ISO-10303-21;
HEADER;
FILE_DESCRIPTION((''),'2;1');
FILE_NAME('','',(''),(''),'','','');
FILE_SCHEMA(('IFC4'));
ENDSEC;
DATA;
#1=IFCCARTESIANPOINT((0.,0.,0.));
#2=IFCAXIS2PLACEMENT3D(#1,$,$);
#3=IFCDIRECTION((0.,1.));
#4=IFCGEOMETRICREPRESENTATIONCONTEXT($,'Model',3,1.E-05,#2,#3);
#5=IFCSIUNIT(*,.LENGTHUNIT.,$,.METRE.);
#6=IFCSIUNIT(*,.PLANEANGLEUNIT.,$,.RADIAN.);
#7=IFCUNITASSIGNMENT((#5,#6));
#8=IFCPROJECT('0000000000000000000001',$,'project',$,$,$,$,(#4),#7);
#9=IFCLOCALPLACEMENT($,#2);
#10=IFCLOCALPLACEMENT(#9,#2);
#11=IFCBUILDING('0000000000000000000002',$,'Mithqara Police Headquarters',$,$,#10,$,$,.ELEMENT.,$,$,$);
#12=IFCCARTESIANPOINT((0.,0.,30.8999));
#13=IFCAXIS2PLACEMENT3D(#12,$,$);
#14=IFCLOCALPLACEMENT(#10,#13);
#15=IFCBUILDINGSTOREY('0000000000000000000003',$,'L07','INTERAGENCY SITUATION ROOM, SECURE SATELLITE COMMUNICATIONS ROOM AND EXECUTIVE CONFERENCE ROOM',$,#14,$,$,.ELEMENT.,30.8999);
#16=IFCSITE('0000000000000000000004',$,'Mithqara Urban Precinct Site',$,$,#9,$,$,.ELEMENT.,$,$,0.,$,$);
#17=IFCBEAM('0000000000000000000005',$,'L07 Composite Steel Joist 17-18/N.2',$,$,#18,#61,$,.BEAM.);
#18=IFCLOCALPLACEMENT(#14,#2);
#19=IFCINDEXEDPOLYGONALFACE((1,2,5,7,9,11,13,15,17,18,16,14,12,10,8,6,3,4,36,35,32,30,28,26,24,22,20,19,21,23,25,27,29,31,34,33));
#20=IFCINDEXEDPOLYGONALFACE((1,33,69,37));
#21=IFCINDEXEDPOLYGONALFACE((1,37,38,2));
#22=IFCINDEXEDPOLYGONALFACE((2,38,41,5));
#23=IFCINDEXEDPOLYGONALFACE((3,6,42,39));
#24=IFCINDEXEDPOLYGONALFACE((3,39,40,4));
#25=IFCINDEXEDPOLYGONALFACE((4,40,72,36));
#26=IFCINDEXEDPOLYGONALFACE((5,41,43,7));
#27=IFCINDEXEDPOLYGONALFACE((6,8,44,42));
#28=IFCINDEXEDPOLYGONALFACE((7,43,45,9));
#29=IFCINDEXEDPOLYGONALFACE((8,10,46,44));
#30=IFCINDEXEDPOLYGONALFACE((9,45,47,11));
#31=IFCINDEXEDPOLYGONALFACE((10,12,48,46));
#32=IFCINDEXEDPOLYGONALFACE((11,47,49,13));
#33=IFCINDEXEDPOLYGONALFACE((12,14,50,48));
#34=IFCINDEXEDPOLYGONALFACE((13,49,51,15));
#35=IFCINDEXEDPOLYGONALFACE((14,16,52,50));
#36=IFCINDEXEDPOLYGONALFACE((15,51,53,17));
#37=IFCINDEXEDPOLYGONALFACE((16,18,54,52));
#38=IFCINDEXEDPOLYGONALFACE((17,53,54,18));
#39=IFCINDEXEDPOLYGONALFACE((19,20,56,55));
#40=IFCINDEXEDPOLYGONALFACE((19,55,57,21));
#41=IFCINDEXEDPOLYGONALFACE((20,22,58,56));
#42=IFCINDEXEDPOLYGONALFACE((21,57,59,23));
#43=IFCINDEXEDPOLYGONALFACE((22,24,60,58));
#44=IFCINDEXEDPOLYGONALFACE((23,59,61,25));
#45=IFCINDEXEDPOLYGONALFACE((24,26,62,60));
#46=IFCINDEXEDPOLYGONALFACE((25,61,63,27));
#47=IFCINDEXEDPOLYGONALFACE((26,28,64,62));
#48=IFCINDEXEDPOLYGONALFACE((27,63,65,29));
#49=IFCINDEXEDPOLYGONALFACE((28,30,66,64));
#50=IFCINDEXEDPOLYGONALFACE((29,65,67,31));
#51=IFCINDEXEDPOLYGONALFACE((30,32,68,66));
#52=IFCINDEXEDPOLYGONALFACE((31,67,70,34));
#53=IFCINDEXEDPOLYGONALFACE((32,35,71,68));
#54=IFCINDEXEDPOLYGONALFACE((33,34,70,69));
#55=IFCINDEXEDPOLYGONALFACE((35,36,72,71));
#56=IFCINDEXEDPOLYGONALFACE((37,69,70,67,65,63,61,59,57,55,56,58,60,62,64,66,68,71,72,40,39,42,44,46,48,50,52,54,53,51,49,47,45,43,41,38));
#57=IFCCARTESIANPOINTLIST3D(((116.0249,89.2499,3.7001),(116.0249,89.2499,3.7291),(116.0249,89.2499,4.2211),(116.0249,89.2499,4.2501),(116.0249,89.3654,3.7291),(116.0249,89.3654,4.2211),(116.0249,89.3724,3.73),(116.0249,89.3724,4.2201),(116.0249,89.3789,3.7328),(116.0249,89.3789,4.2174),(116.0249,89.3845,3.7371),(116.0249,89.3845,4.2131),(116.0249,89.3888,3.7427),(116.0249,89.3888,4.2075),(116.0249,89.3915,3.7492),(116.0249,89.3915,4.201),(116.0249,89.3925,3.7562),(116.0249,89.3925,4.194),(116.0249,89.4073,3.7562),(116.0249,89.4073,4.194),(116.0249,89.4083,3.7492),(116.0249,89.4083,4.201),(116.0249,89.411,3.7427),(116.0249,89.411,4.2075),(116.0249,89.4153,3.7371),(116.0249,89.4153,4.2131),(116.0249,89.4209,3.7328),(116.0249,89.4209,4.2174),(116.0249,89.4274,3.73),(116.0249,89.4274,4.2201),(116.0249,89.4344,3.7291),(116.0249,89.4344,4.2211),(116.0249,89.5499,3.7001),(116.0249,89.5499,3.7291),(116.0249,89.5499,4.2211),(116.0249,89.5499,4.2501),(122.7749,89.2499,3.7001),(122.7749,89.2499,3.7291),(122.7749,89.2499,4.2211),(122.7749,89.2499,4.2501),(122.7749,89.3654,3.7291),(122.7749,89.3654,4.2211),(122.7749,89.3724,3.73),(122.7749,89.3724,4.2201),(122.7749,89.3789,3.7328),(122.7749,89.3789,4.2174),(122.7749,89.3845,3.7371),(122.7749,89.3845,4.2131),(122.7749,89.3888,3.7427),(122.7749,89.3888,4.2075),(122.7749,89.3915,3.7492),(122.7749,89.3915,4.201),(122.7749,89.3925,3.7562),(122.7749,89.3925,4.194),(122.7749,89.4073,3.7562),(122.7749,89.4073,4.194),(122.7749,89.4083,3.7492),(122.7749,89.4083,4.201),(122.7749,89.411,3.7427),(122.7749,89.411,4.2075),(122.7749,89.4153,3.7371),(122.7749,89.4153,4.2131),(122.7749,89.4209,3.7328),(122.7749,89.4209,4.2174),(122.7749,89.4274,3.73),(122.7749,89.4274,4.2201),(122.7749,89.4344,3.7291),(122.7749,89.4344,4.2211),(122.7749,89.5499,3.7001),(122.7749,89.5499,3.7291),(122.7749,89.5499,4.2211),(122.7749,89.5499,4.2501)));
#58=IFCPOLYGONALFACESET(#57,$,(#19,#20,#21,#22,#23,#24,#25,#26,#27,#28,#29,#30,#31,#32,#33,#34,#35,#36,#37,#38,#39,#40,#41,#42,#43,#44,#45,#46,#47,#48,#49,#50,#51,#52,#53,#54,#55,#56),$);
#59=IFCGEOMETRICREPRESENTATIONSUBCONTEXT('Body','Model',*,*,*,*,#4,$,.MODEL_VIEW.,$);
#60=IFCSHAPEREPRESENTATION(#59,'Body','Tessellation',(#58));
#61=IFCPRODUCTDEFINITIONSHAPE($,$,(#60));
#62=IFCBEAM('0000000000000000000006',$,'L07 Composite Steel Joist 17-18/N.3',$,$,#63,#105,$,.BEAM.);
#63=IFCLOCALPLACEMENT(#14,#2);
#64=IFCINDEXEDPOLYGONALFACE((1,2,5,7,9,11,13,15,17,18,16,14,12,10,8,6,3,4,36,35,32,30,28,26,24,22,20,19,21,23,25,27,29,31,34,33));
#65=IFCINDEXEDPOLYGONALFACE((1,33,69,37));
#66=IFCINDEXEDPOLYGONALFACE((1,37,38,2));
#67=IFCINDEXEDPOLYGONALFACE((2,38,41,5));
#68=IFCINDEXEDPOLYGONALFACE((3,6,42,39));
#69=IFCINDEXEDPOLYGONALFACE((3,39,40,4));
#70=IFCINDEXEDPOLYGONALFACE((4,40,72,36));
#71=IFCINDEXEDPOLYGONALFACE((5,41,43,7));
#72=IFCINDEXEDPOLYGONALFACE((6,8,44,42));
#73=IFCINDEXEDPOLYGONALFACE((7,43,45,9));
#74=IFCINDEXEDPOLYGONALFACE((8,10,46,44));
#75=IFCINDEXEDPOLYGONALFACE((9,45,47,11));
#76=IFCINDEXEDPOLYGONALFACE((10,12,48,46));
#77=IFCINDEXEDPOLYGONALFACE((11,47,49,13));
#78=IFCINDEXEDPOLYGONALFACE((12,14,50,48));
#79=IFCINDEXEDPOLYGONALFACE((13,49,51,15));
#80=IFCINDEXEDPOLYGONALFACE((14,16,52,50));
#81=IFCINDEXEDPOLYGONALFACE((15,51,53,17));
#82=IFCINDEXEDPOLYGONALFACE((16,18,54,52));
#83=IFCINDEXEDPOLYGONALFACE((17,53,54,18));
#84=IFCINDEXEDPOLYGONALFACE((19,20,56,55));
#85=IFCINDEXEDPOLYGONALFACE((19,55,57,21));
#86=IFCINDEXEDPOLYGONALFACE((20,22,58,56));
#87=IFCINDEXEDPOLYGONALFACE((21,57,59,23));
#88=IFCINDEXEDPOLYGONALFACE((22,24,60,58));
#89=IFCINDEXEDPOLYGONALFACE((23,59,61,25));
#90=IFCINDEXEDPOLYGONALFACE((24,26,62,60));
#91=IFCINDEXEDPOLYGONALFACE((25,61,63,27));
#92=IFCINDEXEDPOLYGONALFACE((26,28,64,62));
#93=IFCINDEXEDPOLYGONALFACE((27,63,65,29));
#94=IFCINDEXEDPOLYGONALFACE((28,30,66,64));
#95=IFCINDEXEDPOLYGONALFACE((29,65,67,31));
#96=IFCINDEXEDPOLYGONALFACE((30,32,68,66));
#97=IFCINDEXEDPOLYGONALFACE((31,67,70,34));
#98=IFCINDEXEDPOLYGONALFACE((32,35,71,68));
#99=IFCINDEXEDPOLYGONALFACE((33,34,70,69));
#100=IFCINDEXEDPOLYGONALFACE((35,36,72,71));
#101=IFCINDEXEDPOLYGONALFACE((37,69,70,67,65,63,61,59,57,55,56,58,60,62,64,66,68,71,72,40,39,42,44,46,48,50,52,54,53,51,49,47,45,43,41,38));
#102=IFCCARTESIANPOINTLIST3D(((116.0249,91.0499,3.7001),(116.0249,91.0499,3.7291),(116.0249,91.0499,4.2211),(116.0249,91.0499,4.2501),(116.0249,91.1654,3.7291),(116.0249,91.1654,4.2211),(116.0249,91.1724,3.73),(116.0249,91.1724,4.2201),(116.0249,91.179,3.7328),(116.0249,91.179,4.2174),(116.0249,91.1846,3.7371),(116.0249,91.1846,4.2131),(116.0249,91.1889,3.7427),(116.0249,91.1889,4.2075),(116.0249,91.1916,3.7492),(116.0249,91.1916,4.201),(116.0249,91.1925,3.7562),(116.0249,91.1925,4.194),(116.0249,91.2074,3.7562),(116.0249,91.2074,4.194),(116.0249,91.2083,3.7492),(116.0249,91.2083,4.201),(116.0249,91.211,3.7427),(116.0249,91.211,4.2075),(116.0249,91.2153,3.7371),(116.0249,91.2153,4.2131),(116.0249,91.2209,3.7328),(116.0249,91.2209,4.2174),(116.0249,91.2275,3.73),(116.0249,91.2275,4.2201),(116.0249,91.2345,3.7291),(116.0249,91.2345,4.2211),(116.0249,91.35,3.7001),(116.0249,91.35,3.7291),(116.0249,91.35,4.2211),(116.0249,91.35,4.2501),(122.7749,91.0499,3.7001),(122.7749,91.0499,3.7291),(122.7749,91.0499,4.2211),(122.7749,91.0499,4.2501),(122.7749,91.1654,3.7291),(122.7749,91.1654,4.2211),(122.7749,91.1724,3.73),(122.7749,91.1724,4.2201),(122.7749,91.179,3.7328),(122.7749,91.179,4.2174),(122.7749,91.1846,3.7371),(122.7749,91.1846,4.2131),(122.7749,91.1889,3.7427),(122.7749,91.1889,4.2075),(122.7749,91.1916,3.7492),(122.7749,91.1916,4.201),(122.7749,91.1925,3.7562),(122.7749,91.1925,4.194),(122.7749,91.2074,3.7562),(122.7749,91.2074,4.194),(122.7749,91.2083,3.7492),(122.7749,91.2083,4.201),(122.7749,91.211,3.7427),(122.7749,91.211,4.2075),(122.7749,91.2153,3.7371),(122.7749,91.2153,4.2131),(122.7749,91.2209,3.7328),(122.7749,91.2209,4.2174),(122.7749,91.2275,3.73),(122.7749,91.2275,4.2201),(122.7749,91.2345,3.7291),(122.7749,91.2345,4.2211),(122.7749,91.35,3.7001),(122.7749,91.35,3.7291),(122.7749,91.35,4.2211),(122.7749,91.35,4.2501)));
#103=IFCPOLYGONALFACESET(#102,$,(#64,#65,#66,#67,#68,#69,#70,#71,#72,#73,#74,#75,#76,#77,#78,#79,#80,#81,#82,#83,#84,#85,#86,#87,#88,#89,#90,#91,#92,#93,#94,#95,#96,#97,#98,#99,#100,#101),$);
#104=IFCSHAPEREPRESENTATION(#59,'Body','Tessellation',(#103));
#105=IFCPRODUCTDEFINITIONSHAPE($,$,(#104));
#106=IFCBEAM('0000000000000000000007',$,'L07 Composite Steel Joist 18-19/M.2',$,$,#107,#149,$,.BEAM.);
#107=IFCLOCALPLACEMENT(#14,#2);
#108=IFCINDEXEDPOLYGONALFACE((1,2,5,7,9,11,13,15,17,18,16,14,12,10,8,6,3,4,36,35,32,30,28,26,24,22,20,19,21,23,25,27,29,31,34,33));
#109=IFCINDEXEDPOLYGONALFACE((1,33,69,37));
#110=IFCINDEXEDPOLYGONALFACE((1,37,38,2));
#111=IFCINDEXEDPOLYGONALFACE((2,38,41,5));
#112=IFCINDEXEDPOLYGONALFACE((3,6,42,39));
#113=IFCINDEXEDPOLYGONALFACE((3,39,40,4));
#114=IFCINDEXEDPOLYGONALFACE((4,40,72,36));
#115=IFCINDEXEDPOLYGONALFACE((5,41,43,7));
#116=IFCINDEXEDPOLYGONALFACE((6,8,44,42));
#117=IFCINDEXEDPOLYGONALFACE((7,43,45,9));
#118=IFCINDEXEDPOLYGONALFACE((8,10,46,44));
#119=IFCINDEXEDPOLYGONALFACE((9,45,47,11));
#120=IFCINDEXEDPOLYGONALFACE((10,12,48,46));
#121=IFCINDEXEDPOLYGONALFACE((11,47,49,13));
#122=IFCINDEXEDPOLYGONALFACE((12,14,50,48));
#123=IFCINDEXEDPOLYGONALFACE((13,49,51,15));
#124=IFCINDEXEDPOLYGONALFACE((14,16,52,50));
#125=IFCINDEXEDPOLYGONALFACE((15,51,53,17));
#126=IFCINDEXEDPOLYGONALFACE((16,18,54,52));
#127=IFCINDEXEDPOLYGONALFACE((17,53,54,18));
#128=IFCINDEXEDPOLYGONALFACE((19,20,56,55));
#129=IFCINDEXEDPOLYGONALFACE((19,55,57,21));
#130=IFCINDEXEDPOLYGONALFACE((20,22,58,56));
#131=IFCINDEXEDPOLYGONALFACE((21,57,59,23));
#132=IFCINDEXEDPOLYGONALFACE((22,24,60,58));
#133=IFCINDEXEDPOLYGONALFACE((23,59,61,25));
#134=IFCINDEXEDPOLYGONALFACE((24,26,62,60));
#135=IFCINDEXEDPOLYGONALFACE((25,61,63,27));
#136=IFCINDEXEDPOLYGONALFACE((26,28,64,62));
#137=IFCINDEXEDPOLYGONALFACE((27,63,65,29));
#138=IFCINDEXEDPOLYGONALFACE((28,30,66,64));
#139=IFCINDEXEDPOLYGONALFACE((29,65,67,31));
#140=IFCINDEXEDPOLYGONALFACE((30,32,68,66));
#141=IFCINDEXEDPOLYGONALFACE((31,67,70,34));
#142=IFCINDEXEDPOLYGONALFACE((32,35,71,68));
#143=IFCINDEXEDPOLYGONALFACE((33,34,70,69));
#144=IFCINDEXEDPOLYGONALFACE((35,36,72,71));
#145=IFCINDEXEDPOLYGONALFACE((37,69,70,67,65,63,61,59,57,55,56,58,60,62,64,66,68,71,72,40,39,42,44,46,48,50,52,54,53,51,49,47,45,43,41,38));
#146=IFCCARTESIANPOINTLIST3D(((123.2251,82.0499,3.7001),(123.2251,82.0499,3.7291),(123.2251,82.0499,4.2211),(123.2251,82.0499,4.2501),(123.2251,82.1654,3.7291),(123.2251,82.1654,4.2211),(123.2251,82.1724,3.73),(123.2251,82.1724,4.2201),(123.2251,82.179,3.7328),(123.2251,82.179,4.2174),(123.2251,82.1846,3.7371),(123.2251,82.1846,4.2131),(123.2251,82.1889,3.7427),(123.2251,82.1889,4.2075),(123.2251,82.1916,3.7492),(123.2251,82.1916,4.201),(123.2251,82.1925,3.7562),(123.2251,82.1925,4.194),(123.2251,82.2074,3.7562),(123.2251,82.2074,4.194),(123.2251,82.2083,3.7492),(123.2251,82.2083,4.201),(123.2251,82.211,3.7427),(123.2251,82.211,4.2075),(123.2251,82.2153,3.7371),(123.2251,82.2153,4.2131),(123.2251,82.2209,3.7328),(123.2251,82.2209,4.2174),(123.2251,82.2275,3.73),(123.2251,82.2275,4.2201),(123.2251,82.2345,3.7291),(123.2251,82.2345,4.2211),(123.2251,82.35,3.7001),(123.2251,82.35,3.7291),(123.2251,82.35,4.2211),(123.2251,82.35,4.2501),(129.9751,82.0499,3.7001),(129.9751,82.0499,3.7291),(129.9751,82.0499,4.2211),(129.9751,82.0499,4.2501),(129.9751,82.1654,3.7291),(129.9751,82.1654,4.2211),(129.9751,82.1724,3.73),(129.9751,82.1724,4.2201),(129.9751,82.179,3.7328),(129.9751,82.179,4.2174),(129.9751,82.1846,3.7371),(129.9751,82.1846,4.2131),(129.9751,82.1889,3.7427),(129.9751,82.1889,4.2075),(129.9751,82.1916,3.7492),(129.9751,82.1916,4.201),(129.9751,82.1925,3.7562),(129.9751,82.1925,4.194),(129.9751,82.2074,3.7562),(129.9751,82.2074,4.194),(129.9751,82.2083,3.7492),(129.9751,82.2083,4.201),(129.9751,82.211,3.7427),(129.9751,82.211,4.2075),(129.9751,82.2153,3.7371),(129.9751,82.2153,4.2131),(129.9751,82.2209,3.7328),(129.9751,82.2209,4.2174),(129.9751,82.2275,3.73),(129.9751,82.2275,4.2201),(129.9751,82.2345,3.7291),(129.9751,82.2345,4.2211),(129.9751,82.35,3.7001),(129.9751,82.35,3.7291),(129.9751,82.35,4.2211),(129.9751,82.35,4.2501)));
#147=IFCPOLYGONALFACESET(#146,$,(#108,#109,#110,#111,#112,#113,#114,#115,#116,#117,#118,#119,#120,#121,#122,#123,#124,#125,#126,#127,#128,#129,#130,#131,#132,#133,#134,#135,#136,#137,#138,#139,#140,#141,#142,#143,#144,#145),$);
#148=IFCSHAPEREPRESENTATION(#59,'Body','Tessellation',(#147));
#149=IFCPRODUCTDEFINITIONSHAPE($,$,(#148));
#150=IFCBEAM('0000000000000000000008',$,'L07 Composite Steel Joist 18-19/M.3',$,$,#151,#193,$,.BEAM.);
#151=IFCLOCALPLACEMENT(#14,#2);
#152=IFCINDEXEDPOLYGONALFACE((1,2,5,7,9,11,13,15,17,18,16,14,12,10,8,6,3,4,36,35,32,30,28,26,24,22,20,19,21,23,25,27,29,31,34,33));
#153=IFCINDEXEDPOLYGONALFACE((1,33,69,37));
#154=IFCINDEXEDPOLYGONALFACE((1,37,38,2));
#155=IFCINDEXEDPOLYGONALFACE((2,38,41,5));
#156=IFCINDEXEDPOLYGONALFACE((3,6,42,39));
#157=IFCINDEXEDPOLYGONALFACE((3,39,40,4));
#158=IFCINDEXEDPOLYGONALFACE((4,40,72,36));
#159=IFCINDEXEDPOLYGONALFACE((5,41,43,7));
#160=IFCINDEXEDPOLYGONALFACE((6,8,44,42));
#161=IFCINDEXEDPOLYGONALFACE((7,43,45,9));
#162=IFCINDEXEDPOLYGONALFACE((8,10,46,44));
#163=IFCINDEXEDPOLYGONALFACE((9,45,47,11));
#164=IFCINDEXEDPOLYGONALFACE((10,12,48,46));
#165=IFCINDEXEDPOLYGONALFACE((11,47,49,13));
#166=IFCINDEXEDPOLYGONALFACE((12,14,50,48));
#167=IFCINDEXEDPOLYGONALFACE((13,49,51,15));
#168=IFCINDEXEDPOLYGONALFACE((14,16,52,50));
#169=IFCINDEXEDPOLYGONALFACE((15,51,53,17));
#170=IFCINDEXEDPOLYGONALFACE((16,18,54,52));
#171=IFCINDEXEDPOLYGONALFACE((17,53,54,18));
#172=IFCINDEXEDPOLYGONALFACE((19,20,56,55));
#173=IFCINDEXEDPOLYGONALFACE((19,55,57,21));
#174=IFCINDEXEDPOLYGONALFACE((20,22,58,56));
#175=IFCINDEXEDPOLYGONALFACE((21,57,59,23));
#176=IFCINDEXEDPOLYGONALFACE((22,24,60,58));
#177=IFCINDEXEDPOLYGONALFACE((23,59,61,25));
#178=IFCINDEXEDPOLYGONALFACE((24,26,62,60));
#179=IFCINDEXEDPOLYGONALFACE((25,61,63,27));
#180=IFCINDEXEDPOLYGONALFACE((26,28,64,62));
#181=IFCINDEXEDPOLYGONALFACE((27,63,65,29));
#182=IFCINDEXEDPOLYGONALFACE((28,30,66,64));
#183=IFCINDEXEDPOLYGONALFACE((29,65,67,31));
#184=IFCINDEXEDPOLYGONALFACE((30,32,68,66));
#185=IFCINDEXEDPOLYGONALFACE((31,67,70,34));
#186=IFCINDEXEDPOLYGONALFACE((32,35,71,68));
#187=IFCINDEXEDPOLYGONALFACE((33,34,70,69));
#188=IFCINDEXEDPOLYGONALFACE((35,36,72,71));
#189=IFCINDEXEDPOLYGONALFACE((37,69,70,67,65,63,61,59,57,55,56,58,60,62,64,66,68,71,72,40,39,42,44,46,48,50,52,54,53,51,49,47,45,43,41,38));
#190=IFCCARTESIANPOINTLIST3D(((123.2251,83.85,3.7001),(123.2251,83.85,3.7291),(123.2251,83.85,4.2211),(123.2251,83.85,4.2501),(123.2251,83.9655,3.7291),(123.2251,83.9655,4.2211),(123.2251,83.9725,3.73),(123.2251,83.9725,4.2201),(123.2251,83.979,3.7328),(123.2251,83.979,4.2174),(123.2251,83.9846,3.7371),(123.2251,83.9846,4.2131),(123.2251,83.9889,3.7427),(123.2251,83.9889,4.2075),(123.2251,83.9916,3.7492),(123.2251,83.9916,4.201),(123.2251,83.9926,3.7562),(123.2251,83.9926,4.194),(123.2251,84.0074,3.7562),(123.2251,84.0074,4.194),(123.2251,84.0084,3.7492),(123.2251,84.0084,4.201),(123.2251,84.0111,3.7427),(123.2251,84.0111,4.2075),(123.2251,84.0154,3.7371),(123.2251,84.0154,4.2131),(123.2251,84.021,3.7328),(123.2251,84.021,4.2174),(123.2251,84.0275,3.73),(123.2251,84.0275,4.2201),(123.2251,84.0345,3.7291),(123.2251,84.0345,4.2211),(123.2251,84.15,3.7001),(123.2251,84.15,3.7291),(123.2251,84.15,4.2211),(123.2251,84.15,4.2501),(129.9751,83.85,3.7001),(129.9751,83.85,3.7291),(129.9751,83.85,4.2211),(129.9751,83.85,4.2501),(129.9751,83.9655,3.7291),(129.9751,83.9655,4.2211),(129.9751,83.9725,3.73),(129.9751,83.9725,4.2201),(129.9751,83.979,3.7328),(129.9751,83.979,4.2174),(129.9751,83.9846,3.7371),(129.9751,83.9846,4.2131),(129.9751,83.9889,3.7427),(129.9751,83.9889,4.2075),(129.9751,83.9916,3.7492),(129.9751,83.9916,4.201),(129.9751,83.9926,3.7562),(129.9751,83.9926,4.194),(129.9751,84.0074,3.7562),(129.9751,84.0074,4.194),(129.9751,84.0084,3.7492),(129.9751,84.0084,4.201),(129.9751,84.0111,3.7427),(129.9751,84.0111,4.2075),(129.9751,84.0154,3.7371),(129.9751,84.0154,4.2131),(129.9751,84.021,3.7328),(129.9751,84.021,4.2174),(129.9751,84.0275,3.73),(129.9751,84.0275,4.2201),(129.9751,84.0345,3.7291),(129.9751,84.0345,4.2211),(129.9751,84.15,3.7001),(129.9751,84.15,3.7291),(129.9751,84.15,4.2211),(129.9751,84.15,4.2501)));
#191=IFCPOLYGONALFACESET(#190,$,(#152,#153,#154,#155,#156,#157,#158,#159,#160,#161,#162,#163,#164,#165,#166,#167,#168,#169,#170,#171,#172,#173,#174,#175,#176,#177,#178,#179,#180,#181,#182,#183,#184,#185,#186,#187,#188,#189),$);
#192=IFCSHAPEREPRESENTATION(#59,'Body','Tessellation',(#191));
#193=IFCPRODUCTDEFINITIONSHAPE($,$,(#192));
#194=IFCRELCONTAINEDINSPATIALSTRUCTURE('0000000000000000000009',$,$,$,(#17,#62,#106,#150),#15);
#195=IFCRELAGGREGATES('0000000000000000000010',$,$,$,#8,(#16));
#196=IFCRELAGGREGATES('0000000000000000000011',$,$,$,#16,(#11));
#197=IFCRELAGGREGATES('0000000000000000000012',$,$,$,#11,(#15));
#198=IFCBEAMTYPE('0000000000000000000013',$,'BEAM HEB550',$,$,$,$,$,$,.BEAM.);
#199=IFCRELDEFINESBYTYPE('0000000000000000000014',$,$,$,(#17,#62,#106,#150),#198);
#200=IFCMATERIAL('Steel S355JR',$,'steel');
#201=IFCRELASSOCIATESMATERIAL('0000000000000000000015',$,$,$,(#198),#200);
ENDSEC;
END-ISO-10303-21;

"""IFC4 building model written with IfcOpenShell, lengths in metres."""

from ifc_helpers import new_model, si_unit, direction, frame, origin, origin_2d, place, context, subcontext, project, spatial, i_section, extrude, material, material_profile, profile_set, type_object, element, save


model = new_model("IFC4")

# Units and contexts
model_context = context("Model", 3, precision=1e-05, world=origin(), true_north=direction((0.0, 1.0)))
body_context = subcontext(model_context, "Body", "Model", "MODEL_VIEW")
ifc_project = project(units=[si_unit("LENGTHUNIT", "METRE"), si_unit("PLANEANGLEUNIT", "RADIAN")], contexts=[model_context])

# Site, building, storey
site_placement = place(None, origin())
site = spatial("IfcSite", under=ifc_project, at=site_placement, Name="Mithqara Urban Precinct Site", CompositionType="ELEMENT", RefElevation=0.0)
building_placement = place(site_placement, origin())
building = spatial("IfcBuilding", under=site, at=building_placement, Name="Mithqara Police Headquarters", CompositionType="ELEMENT")
storey_placement = place(building_placement, frame((0.0, 0.0, 30.8999)))
storey = spatial("IfcBuildingStorey", under=building, at=storey_placement, Name="L07", Description="INTERAGENCY SITUATION ROOM, SECURE SATELLITE COMMUNICATIONS ROOM AND EXECUTIVE CONFERENCE ROOM", CompositionType="ELEMENT", Elevation=30.8999)

# Beams
ifc_material_1 = material(Name="Steel S355JR", Category="steel")
ifc_material_profile_1 = material_profile(ifc_material_1, i_section(OverallWidth=0.3, OverallDepth=0.55, WebThickness=0.0149, FlangeThickness=0.0291, FilletRadius=0.0271, at=origin_2d()), Name="HEB 550")
ifc_profile_set_1 = profile_set([ifc_material_profile_1], Name="Steel S355JR")
beam_type_1 = type_object("IfcBeamType", Name="BEAM HEB550", PredefinedType="BEAM", material=ifc_profile_set_1)
for number, where, z_axis, x_axis, name in (
    (1, (116.0249, 89.3999, 3.9751), (1.0, 0.0, 0.0), (0.0, 1.0, 0.0), "L07 Composite Steel Joist 17-18/N.2"),
    (2, (116.0249, 91.2, 3.9751), (1.0, 0.0, 0.0), (0.0, 1.0, 0.0), "L07 Composite Steel Joist 17-18/N.3"),
    (3, (123.2251, 82.2, 3.9751), (1.0, 0.0, 0.0), (0.0, 1.0, 0.0), "L07 Composite Steel Joist 18-19/M.2"),
    (4, (123.2251, 84.0, 3.9751), (1.0, 0.0, 0.0), (0.0, 1.0, 0.0), "L07 Composite Steel Joist 18-19/M.3"),
):
    element("IfcBeam", number, at=place(storey_placement, frame(where, z_axis=z_axis, x_axis=x_axis)), inside=storey, type_object=beam_type_1, Name=name, PredefinedType="BEAM", context=body_context, shape_type="SweptSolid", body=[
        extrude(i_section(OverallWidth=0.3, OverallDepth=0.55, WebThickness=0.0149, FlangeThickness=0.0291, FilletRadius=0.0271, at=origin_2d()), origin(), (0.0, 0.0, 1.0), 6.75),
    ])

save(model, "model.ifc")
